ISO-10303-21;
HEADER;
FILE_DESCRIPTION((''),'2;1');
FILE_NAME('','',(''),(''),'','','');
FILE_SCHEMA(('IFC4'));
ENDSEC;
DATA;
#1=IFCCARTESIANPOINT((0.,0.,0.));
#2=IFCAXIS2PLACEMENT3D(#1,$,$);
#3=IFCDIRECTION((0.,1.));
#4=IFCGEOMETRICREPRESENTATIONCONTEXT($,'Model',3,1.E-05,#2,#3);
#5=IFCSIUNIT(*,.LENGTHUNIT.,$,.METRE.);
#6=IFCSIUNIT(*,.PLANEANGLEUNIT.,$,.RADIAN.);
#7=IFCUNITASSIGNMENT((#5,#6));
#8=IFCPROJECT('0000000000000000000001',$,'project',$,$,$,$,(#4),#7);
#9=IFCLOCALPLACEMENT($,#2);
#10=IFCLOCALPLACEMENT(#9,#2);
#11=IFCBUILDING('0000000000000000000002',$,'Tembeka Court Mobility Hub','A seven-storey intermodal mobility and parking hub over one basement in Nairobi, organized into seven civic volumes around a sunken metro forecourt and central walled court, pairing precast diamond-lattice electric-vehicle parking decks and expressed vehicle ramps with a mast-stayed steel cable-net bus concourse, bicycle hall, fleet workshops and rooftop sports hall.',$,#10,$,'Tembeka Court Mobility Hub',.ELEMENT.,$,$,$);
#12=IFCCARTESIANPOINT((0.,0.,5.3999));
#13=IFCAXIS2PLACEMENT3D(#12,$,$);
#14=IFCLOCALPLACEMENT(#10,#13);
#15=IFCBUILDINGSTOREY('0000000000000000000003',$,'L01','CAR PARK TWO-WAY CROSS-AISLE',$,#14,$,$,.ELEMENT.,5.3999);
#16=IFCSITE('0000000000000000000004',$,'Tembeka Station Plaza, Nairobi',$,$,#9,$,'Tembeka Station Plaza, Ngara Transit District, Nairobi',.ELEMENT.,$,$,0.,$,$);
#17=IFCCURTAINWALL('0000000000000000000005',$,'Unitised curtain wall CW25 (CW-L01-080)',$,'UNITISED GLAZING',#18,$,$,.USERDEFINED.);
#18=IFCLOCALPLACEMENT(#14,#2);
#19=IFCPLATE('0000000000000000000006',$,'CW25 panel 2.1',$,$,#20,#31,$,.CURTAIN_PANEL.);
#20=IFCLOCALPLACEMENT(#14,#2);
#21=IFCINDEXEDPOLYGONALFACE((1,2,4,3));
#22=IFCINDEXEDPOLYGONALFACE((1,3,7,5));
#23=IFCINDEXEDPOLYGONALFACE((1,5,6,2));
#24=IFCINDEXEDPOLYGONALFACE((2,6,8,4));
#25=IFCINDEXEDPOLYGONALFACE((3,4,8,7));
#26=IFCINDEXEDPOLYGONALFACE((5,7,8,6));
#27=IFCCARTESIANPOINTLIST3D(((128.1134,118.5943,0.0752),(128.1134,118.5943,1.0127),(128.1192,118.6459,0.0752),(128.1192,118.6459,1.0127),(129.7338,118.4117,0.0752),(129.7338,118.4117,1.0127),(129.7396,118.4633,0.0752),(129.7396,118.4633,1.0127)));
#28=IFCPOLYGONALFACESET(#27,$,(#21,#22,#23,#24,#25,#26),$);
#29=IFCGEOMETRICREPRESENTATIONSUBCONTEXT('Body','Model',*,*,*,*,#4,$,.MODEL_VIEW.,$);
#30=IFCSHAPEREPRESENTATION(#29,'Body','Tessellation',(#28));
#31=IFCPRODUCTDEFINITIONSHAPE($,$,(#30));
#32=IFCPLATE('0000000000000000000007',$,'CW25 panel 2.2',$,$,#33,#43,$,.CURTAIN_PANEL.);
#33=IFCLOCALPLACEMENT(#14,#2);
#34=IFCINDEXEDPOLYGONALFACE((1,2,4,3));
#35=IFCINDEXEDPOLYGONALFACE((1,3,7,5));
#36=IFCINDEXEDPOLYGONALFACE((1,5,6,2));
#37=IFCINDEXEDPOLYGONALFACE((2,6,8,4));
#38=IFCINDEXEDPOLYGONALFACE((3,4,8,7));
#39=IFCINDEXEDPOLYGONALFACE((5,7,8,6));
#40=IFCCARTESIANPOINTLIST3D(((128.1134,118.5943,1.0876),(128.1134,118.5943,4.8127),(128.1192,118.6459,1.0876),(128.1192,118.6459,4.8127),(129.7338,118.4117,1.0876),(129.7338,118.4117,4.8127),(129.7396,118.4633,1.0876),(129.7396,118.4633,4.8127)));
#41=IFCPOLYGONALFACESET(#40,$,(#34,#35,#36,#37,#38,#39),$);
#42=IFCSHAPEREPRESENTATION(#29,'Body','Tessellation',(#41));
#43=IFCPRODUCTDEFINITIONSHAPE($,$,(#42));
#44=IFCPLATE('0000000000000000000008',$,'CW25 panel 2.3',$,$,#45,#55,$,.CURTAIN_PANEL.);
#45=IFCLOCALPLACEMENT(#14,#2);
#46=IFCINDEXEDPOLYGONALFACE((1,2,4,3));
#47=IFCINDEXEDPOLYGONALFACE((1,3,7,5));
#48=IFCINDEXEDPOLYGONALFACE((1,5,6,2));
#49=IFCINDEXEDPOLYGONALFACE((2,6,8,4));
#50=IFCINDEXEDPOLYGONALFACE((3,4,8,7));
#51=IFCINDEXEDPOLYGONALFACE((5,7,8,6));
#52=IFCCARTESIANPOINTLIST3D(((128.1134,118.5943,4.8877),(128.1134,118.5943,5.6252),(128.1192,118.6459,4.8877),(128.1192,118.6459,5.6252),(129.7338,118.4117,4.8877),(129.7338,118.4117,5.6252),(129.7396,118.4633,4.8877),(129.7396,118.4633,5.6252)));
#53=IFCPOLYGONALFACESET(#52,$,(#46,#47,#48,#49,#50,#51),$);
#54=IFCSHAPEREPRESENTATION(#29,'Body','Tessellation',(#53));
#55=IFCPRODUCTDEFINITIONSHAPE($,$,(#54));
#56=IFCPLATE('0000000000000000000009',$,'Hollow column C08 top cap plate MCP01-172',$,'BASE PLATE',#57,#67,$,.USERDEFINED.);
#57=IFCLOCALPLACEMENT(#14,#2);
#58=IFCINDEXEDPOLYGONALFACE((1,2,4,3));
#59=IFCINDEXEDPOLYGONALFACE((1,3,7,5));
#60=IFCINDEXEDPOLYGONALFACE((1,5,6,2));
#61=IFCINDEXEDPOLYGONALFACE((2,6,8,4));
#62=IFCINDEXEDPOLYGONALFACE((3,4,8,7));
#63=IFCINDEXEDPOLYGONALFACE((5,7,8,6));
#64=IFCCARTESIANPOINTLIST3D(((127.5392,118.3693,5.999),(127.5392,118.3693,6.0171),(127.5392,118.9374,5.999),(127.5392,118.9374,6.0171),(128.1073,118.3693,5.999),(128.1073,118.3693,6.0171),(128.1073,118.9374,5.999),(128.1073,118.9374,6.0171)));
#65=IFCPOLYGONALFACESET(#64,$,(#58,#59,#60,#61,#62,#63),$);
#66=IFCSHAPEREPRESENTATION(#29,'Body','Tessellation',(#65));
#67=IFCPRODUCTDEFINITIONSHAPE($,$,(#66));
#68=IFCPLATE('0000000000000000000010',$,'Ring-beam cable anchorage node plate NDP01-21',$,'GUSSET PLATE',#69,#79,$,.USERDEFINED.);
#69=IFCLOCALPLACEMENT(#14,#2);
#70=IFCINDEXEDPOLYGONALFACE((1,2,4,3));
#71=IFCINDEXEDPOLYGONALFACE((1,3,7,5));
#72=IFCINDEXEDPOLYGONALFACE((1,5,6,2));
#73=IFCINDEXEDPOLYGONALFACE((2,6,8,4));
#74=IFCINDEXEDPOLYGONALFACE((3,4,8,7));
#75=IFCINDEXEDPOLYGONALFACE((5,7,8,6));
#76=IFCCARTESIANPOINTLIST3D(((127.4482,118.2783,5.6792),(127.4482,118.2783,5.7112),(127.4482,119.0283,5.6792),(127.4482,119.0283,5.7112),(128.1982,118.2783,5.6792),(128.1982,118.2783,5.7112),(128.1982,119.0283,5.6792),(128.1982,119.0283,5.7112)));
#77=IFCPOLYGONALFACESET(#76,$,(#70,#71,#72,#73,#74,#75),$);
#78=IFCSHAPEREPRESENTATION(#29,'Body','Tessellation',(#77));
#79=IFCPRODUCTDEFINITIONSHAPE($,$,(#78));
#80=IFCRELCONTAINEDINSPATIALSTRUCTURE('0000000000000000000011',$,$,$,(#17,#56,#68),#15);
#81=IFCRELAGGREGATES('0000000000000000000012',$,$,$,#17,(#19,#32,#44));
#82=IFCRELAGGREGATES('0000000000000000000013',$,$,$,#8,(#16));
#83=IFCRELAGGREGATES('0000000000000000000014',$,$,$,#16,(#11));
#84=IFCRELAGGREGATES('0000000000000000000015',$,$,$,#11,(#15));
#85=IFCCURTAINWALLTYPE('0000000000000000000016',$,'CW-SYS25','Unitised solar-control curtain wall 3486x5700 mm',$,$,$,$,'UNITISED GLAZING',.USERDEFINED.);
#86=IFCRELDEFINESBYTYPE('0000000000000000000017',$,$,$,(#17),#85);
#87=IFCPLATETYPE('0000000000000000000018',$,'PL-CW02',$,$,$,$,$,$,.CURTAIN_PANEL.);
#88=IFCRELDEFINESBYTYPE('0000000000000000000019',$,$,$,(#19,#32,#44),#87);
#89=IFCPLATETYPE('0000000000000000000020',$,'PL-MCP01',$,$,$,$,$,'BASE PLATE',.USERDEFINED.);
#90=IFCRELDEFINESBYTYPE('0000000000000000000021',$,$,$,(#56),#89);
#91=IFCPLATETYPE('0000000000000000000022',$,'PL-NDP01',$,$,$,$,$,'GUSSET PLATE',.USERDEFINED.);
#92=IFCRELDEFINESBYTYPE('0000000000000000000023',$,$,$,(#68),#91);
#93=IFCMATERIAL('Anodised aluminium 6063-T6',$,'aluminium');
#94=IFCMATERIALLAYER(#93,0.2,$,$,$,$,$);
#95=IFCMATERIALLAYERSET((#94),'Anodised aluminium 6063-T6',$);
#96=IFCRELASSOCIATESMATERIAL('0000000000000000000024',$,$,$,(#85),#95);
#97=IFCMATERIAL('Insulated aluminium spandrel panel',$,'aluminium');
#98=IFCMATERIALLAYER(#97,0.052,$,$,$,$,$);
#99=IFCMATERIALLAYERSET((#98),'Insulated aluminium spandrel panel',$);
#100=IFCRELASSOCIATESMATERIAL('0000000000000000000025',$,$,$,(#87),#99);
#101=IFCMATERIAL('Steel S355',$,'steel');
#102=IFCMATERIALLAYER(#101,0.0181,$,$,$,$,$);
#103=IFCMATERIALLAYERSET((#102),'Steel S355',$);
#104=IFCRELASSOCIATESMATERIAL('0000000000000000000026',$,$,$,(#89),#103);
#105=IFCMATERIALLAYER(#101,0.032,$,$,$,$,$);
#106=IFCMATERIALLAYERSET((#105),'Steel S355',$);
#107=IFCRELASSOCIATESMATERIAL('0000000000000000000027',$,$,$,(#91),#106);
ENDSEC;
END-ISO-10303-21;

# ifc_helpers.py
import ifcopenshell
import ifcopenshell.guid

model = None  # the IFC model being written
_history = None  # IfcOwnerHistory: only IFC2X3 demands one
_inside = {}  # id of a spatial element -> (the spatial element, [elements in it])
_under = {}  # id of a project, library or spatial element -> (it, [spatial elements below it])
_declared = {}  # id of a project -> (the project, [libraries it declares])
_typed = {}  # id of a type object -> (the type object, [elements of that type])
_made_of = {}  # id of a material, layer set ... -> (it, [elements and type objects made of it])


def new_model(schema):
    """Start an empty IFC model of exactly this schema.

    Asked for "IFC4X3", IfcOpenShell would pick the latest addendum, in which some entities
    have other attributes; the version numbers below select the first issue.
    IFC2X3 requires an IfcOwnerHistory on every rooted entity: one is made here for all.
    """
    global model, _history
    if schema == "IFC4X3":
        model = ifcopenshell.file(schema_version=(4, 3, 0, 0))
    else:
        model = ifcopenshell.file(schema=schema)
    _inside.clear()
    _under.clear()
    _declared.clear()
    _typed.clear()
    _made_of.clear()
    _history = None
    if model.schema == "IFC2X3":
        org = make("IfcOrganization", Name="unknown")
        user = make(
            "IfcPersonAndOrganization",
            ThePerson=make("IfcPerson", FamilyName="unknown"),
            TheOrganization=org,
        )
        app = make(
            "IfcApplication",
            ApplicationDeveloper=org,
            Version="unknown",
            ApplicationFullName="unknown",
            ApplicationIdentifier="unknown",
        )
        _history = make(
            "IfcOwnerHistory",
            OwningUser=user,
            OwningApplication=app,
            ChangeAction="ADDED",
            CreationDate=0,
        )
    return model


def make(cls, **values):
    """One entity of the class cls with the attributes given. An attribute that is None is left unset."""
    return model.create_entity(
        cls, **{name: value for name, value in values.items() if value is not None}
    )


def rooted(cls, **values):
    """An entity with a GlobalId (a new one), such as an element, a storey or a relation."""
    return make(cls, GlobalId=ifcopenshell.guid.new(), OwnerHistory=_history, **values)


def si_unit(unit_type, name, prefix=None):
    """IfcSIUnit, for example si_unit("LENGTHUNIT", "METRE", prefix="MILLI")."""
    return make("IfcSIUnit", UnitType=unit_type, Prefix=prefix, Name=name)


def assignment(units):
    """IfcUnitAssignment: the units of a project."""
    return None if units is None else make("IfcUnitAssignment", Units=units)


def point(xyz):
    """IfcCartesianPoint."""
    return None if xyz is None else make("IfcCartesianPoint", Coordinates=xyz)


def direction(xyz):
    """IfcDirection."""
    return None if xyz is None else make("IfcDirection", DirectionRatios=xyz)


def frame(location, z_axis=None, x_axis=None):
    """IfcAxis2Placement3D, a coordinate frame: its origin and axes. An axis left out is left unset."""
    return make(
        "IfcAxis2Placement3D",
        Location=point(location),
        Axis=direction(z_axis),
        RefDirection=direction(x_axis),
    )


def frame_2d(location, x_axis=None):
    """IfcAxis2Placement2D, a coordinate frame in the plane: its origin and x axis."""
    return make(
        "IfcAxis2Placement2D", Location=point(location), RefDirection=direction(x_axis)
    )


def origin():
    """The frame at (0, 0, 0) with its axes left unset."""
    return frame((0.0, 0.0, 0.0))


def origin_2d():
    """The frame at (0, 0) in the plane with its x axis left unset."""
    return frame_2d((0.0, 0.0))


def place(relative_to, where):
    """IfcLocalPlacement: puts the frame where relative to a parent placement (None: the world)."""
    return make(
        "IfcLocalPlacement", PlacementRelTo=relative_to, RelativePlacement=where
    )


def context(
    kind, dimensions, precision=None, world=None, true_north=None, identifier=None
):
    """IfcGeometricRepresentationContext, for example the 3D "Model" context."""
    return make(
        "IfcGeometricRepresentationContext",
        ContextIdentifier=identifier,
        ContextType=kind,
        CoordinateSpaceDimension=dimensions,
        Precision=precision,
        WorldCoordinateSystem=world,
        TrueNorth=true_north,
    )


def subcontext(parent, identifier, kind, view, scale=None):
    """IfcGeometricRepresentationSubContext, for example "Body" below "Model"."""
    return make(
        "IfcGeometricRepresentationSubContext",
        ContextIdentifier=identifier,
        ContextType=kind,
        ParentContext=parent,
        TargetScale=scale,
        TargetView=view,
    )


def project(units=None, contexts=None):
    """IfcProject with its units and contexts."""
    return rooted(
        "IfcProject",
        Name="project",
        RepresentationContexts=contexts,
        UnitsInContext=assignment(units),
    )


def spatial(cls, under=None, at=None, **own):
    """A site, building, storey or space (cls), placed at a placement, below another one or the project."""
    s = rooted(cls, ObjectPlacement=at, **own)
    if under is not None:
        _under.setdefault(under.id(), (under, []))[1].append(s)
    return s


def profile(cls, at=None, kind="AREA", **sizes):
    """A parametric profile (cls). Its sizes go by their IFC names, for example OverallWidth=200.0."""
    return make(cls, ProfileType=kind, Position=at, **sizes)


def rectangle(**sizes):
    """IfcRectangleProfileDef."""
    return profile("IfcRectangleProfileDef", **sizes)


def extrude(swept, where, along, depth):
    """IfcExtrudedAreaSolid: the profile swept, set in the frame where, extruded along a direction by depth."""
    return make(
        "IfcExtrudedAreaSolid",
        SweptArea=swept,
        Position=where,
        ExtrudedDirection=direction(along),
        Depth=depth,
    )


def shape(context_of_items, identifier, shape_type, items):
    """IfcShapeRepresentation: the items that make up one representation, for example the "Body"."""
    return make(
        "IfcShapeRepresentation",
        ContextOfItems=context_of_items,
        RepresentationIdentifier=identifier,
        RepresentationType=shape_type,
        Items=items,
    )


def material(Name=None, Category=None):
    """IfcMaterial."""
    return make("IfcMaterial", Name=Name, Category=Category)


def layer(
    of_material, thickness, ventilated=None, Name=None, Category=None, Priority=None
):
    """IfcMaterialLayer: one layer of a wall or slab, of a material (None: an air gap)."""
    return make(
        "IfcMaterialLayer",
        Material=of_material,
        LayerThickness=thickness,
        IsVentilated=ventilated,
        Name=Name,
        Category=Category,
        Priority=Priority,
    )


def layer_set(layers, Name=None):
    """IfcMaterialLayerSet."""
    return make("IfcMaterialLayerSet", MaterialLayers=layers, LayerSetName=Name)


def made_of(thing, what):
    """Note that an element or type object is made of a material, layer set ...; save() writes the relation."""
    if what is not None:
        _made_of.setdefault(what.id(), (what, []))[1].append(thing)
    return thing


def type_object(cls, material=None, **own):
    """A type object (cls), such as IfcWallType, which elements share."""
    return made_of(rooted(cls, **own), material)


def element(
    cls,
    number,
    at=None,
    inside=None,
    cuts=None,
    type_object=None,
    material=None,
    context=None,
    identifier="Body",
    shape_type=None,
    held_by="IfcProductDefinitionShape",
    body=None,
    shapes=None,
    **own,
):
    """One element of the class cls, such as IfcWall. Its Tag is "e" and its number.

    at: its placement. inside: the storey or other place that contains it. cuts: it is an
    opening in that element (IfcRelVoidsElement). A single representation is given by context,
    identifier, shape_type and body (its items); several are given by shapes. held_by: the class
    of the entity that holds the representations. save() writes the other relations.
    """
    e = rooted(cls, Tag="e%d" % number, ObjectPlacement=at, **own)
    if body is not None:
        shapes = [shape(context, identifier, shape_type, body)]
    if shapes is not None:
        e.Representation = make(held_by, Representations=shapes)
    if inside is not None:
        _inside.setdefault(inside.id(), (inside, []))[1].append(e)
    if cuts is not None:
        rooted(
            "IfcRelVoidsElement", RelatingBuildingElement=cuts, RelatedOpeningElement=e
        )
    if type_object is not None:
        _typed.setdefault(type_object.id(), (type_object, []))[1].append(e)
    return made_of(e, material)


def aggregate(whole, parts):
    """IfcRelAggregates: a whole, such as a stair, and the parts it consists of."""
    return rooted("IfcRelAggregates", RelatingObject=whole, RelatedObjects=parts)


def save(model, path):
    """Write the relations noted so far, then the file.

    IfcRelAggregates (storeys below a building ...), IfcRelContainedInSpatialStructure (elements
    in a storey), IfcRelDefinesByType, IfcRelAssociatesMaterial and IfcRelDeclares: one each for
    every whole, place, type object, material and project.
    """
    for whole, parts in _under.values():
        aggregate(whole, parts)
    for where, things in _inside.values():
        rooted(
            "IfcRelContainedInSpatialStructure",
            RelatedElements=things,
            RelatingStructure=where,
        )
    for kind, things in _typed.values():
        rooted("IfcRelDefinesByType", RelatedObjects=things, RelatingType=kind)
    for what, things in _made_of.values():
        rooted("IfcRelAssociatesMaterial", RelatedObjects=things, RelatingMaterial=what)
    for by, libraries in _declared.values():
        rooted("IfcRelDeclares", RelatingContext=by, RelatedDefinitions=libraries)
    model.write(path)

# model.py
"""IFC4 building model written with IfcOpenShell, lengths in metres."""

from ifc_helpers import new_model, si_unit, direction, frame, origin, origin_2d, place, context, subcontext, project, spatial, rectangle, extrude, material, layer, layer_set, type_object, element, aggregate, save


model = new_model("IFC4")

# Units and contexts
model_context = context("Model", 3, precision=1e-05, world=origin(), true_north=direction((0.0, 1.0)))
body_context = subcontext(model_context, "Body", "Model", "MODEL_VIEW")
ifc_project = project(units=[si_unit("LENGTHUNIT", "METRE"), si_unit("PLANEANGLEUNIT", "RADIAN")], contexts=[model_context])

# Site, building, storey
site_placement = place(None, origin())
site = spatial("IfcSite", under=ifc_project, at=site_placement, Name="Tembeka Station Plaza, Nairobi", LongName="Tembeka Station Plaza, Ngara Transit District, Nairobi", CompositionType="ELEMENT", RefElevation=0.0)
building_placement = place(site_placement, origin())
building = spatial("IfcBuilding", under=site, at=building_placement, Name="Tembeka Court Mobility Hub", Description="A seven-storey intermodal mobility and parking hub over one basement in Nairobi, organized into seven civic volumes around a sunken metro forecourt and central walled court, pairing precast diamond-lattice electric-vehicle parking decks and expressed vehicle ramps with a mast-stayed steel cable-net bus concourse, bicycle hall, fleet workshops and rooftop sports hall.", LongName="Tembeka Court Mobility Hub", CompositionType="ELEMENT")
storey_placement = place(building_placement, frame((0.0, 0.0, 5.3999)))
storey = spatial("IfcBuildingStorey", under=building, at=storey_placement, Name="L01", Description="CAR PARK TWO-WAY CROSS-AISLE", CompositionType="ELEMENT", Elevation=5.3999)

# Shared definitions
ifc_material_1 = material(Name="Steel S355", Category="steel")

# Curtain wall
ifc_material_2 = material(Name="Anodised aluminium 6063-T6", Category="aluminium")
ifc_layer_1 = layer(ifc_material_2, 0.2)
ifc_layer_set_1 = layer_set([ifc_layer_1], Name="Anodised aluminium 6063-T6")
curtain_wall_type = type_object("IfcCurtainWallType", Name="CW-SYS25", Description="Unitised solar-control curtain wall 3486x5700 mm", ElementType="UNITISED GLAZING", PredefinedType="USERDEFINED", material=ifc_layer_set_1)
curtain_wall_1_placement = place(storey_placement, origin())
curtain_wall_1 = element("IfcCurtainWall", 1, at=curtain_wall_1_placement, inside=storey, type_object=curtain_wall_type, Name="Unitised curtain wall CW25 (CW-L01-080)", ObjectType="UNITISED GLAZING", PredefinedType="USERDEFINED")

# Plates
ifc_material_3 = material(Name="Insulated aluminium spandrel panel", Category="aluminium")
ifc_layer_2 = layer(ifc_material_3, 0.052)
ifc_layer_set_2 = layer_set([ifc_layer_2], Name="Insulated aluminium spandrel panel")
plate_type_1 = type_object("IfcPlateType", Name="PL-CW02", PredefinedType="CURTAIN_PANEL", material=ifc_layer_set_2)
plate_1_placement = place(storey_placement, frame((128.9265, 118.5288, 0.0752), z_axis=(0.0, 0.0, 1.0), x_axis=(-0.99371, 0.111987, 0.0)))
plate_1 = element("IfcPlate", 2, at=plate_1_placement, type_object=plate_type_1, Name="CW25 panel 2.1", PredefinedType="CURTAIN_PANEL", context=body_context, shape_type="SweptSolid", body=[
    extrude(rectangle(XDim=1.6306, YDim=0.052, at=origin_2d()), origin(), (0.0, 0.0, 1.0), 0.9375),
])
plate_2_placement = place(storey_placement, frame((128.9265, 118.5288, 1.0876), z_axis=(0.0, 0.0, 1.0), x_axis=(-0.99371, 0.111987, 0.0)))
plate_2 = element("IfcPlate", 3, at=plate_2_placement, type_object=plate_type_1, Name="CW25 panel 2.2", PredefinedType="CURTAIN_PANEL", context=body_context, shape_type="SweptSolid", body=[
    extrude(rectangle(XDim=1.6306, YDim=0.052, at=origin_2d()), origin(), (0.0, 0.0, 1.0), 3.7251),
])
plate_3_placement = place(storey_placement, frame((128.9265, 118.5288, 4.8877), z_axis=(0.0, 0.0, 1.0), x_axis=(-0.99371, 0.111987, 0.0)))
plate_3 = element("IfcPlate", 4, at=plate_3_placement, type_object=plate_type_1, Name="CW25 panel 2.3", PredefinedType="CURTAIN_PANEL", context=body_context, shape_type="SweptSolid", body=[
    extrude(rectangle(XDim=1.6306, YDim=0.052, at=origin_2d()), origin(), (0.0, 0.0, 1.0), 0.7375),
])
aggregate(curtain_wall_1, [plate_1, plate_2, plate_3])

# Plates
ifc_layer_3 = layer(ifc_material_1, 0.0181)
ifc_layer_set_3 = layer_set([ifc_layer_3], Name="Steel S355")
plate_type_2 = type_object("IfcPlateType", Name="PL-MCP01", ElementType="BASE PLATE", PredefinedType="USERDEFINED", material=ifc_layer_set_3)
plate_4_placement = place(storey_placement, frame((127.8232, 118.6533, 5.999), z_axis=(0.0, 0.0, 1.0), x_axis=(1.0, 0.0, 0.0)))
element("IfcPlate", 5, at=plate_4_placement, inside=storey, type_object=plate_type_2, Name="Hollow column C08 top cap plate MCP01-172", ObjectType="BASE PLATE", PredefinedType="USERDEFINED", context=body_context, shape_type="SweptSolid", body=[
    extrude(rectangle(XDim=0.5681, YDim=0.5681, at=origin_2d()), origin(), (0.0, 0.0, 1.0), 0.0181),
])
ifc_layer_4 = layer(ifc_material_1, 0.032)
ifc_layer_set_4 = layer_set([ifc_layer_4], Name="Steel S355")
plate_type_3 = type_object("IfcPlateType", Name="PL-NDP01", ElementType="GUSSET PLATE", PredefinedType="USERDEFINED", material=ifc_layer_set_4)
plate_5_placement = place(storey_placement, frame((127.8232, 118.6533, 5.6792), z_axis=(0.0, 0.0, 1.0), x_axis=(1.0, 0.0, 0.0)))
element("IfcPlate", 6, at=plate_5_placement, inside=storey, type_object=plate_type_3, Name="Ring-beam cable anchorage node plate NDP01-21", ObjectType="GUSSET PLATE", PredefinedType="USERDEFINED", context=body_context, shape_type="SweptSolid", body=[
    extrude(rectangle(XDim=0.75, YDim=0.75, at=origin_2d()), origin(), (0.0, 0.0, 1.0), 0.032),
])

save(model, "model.ifc")
